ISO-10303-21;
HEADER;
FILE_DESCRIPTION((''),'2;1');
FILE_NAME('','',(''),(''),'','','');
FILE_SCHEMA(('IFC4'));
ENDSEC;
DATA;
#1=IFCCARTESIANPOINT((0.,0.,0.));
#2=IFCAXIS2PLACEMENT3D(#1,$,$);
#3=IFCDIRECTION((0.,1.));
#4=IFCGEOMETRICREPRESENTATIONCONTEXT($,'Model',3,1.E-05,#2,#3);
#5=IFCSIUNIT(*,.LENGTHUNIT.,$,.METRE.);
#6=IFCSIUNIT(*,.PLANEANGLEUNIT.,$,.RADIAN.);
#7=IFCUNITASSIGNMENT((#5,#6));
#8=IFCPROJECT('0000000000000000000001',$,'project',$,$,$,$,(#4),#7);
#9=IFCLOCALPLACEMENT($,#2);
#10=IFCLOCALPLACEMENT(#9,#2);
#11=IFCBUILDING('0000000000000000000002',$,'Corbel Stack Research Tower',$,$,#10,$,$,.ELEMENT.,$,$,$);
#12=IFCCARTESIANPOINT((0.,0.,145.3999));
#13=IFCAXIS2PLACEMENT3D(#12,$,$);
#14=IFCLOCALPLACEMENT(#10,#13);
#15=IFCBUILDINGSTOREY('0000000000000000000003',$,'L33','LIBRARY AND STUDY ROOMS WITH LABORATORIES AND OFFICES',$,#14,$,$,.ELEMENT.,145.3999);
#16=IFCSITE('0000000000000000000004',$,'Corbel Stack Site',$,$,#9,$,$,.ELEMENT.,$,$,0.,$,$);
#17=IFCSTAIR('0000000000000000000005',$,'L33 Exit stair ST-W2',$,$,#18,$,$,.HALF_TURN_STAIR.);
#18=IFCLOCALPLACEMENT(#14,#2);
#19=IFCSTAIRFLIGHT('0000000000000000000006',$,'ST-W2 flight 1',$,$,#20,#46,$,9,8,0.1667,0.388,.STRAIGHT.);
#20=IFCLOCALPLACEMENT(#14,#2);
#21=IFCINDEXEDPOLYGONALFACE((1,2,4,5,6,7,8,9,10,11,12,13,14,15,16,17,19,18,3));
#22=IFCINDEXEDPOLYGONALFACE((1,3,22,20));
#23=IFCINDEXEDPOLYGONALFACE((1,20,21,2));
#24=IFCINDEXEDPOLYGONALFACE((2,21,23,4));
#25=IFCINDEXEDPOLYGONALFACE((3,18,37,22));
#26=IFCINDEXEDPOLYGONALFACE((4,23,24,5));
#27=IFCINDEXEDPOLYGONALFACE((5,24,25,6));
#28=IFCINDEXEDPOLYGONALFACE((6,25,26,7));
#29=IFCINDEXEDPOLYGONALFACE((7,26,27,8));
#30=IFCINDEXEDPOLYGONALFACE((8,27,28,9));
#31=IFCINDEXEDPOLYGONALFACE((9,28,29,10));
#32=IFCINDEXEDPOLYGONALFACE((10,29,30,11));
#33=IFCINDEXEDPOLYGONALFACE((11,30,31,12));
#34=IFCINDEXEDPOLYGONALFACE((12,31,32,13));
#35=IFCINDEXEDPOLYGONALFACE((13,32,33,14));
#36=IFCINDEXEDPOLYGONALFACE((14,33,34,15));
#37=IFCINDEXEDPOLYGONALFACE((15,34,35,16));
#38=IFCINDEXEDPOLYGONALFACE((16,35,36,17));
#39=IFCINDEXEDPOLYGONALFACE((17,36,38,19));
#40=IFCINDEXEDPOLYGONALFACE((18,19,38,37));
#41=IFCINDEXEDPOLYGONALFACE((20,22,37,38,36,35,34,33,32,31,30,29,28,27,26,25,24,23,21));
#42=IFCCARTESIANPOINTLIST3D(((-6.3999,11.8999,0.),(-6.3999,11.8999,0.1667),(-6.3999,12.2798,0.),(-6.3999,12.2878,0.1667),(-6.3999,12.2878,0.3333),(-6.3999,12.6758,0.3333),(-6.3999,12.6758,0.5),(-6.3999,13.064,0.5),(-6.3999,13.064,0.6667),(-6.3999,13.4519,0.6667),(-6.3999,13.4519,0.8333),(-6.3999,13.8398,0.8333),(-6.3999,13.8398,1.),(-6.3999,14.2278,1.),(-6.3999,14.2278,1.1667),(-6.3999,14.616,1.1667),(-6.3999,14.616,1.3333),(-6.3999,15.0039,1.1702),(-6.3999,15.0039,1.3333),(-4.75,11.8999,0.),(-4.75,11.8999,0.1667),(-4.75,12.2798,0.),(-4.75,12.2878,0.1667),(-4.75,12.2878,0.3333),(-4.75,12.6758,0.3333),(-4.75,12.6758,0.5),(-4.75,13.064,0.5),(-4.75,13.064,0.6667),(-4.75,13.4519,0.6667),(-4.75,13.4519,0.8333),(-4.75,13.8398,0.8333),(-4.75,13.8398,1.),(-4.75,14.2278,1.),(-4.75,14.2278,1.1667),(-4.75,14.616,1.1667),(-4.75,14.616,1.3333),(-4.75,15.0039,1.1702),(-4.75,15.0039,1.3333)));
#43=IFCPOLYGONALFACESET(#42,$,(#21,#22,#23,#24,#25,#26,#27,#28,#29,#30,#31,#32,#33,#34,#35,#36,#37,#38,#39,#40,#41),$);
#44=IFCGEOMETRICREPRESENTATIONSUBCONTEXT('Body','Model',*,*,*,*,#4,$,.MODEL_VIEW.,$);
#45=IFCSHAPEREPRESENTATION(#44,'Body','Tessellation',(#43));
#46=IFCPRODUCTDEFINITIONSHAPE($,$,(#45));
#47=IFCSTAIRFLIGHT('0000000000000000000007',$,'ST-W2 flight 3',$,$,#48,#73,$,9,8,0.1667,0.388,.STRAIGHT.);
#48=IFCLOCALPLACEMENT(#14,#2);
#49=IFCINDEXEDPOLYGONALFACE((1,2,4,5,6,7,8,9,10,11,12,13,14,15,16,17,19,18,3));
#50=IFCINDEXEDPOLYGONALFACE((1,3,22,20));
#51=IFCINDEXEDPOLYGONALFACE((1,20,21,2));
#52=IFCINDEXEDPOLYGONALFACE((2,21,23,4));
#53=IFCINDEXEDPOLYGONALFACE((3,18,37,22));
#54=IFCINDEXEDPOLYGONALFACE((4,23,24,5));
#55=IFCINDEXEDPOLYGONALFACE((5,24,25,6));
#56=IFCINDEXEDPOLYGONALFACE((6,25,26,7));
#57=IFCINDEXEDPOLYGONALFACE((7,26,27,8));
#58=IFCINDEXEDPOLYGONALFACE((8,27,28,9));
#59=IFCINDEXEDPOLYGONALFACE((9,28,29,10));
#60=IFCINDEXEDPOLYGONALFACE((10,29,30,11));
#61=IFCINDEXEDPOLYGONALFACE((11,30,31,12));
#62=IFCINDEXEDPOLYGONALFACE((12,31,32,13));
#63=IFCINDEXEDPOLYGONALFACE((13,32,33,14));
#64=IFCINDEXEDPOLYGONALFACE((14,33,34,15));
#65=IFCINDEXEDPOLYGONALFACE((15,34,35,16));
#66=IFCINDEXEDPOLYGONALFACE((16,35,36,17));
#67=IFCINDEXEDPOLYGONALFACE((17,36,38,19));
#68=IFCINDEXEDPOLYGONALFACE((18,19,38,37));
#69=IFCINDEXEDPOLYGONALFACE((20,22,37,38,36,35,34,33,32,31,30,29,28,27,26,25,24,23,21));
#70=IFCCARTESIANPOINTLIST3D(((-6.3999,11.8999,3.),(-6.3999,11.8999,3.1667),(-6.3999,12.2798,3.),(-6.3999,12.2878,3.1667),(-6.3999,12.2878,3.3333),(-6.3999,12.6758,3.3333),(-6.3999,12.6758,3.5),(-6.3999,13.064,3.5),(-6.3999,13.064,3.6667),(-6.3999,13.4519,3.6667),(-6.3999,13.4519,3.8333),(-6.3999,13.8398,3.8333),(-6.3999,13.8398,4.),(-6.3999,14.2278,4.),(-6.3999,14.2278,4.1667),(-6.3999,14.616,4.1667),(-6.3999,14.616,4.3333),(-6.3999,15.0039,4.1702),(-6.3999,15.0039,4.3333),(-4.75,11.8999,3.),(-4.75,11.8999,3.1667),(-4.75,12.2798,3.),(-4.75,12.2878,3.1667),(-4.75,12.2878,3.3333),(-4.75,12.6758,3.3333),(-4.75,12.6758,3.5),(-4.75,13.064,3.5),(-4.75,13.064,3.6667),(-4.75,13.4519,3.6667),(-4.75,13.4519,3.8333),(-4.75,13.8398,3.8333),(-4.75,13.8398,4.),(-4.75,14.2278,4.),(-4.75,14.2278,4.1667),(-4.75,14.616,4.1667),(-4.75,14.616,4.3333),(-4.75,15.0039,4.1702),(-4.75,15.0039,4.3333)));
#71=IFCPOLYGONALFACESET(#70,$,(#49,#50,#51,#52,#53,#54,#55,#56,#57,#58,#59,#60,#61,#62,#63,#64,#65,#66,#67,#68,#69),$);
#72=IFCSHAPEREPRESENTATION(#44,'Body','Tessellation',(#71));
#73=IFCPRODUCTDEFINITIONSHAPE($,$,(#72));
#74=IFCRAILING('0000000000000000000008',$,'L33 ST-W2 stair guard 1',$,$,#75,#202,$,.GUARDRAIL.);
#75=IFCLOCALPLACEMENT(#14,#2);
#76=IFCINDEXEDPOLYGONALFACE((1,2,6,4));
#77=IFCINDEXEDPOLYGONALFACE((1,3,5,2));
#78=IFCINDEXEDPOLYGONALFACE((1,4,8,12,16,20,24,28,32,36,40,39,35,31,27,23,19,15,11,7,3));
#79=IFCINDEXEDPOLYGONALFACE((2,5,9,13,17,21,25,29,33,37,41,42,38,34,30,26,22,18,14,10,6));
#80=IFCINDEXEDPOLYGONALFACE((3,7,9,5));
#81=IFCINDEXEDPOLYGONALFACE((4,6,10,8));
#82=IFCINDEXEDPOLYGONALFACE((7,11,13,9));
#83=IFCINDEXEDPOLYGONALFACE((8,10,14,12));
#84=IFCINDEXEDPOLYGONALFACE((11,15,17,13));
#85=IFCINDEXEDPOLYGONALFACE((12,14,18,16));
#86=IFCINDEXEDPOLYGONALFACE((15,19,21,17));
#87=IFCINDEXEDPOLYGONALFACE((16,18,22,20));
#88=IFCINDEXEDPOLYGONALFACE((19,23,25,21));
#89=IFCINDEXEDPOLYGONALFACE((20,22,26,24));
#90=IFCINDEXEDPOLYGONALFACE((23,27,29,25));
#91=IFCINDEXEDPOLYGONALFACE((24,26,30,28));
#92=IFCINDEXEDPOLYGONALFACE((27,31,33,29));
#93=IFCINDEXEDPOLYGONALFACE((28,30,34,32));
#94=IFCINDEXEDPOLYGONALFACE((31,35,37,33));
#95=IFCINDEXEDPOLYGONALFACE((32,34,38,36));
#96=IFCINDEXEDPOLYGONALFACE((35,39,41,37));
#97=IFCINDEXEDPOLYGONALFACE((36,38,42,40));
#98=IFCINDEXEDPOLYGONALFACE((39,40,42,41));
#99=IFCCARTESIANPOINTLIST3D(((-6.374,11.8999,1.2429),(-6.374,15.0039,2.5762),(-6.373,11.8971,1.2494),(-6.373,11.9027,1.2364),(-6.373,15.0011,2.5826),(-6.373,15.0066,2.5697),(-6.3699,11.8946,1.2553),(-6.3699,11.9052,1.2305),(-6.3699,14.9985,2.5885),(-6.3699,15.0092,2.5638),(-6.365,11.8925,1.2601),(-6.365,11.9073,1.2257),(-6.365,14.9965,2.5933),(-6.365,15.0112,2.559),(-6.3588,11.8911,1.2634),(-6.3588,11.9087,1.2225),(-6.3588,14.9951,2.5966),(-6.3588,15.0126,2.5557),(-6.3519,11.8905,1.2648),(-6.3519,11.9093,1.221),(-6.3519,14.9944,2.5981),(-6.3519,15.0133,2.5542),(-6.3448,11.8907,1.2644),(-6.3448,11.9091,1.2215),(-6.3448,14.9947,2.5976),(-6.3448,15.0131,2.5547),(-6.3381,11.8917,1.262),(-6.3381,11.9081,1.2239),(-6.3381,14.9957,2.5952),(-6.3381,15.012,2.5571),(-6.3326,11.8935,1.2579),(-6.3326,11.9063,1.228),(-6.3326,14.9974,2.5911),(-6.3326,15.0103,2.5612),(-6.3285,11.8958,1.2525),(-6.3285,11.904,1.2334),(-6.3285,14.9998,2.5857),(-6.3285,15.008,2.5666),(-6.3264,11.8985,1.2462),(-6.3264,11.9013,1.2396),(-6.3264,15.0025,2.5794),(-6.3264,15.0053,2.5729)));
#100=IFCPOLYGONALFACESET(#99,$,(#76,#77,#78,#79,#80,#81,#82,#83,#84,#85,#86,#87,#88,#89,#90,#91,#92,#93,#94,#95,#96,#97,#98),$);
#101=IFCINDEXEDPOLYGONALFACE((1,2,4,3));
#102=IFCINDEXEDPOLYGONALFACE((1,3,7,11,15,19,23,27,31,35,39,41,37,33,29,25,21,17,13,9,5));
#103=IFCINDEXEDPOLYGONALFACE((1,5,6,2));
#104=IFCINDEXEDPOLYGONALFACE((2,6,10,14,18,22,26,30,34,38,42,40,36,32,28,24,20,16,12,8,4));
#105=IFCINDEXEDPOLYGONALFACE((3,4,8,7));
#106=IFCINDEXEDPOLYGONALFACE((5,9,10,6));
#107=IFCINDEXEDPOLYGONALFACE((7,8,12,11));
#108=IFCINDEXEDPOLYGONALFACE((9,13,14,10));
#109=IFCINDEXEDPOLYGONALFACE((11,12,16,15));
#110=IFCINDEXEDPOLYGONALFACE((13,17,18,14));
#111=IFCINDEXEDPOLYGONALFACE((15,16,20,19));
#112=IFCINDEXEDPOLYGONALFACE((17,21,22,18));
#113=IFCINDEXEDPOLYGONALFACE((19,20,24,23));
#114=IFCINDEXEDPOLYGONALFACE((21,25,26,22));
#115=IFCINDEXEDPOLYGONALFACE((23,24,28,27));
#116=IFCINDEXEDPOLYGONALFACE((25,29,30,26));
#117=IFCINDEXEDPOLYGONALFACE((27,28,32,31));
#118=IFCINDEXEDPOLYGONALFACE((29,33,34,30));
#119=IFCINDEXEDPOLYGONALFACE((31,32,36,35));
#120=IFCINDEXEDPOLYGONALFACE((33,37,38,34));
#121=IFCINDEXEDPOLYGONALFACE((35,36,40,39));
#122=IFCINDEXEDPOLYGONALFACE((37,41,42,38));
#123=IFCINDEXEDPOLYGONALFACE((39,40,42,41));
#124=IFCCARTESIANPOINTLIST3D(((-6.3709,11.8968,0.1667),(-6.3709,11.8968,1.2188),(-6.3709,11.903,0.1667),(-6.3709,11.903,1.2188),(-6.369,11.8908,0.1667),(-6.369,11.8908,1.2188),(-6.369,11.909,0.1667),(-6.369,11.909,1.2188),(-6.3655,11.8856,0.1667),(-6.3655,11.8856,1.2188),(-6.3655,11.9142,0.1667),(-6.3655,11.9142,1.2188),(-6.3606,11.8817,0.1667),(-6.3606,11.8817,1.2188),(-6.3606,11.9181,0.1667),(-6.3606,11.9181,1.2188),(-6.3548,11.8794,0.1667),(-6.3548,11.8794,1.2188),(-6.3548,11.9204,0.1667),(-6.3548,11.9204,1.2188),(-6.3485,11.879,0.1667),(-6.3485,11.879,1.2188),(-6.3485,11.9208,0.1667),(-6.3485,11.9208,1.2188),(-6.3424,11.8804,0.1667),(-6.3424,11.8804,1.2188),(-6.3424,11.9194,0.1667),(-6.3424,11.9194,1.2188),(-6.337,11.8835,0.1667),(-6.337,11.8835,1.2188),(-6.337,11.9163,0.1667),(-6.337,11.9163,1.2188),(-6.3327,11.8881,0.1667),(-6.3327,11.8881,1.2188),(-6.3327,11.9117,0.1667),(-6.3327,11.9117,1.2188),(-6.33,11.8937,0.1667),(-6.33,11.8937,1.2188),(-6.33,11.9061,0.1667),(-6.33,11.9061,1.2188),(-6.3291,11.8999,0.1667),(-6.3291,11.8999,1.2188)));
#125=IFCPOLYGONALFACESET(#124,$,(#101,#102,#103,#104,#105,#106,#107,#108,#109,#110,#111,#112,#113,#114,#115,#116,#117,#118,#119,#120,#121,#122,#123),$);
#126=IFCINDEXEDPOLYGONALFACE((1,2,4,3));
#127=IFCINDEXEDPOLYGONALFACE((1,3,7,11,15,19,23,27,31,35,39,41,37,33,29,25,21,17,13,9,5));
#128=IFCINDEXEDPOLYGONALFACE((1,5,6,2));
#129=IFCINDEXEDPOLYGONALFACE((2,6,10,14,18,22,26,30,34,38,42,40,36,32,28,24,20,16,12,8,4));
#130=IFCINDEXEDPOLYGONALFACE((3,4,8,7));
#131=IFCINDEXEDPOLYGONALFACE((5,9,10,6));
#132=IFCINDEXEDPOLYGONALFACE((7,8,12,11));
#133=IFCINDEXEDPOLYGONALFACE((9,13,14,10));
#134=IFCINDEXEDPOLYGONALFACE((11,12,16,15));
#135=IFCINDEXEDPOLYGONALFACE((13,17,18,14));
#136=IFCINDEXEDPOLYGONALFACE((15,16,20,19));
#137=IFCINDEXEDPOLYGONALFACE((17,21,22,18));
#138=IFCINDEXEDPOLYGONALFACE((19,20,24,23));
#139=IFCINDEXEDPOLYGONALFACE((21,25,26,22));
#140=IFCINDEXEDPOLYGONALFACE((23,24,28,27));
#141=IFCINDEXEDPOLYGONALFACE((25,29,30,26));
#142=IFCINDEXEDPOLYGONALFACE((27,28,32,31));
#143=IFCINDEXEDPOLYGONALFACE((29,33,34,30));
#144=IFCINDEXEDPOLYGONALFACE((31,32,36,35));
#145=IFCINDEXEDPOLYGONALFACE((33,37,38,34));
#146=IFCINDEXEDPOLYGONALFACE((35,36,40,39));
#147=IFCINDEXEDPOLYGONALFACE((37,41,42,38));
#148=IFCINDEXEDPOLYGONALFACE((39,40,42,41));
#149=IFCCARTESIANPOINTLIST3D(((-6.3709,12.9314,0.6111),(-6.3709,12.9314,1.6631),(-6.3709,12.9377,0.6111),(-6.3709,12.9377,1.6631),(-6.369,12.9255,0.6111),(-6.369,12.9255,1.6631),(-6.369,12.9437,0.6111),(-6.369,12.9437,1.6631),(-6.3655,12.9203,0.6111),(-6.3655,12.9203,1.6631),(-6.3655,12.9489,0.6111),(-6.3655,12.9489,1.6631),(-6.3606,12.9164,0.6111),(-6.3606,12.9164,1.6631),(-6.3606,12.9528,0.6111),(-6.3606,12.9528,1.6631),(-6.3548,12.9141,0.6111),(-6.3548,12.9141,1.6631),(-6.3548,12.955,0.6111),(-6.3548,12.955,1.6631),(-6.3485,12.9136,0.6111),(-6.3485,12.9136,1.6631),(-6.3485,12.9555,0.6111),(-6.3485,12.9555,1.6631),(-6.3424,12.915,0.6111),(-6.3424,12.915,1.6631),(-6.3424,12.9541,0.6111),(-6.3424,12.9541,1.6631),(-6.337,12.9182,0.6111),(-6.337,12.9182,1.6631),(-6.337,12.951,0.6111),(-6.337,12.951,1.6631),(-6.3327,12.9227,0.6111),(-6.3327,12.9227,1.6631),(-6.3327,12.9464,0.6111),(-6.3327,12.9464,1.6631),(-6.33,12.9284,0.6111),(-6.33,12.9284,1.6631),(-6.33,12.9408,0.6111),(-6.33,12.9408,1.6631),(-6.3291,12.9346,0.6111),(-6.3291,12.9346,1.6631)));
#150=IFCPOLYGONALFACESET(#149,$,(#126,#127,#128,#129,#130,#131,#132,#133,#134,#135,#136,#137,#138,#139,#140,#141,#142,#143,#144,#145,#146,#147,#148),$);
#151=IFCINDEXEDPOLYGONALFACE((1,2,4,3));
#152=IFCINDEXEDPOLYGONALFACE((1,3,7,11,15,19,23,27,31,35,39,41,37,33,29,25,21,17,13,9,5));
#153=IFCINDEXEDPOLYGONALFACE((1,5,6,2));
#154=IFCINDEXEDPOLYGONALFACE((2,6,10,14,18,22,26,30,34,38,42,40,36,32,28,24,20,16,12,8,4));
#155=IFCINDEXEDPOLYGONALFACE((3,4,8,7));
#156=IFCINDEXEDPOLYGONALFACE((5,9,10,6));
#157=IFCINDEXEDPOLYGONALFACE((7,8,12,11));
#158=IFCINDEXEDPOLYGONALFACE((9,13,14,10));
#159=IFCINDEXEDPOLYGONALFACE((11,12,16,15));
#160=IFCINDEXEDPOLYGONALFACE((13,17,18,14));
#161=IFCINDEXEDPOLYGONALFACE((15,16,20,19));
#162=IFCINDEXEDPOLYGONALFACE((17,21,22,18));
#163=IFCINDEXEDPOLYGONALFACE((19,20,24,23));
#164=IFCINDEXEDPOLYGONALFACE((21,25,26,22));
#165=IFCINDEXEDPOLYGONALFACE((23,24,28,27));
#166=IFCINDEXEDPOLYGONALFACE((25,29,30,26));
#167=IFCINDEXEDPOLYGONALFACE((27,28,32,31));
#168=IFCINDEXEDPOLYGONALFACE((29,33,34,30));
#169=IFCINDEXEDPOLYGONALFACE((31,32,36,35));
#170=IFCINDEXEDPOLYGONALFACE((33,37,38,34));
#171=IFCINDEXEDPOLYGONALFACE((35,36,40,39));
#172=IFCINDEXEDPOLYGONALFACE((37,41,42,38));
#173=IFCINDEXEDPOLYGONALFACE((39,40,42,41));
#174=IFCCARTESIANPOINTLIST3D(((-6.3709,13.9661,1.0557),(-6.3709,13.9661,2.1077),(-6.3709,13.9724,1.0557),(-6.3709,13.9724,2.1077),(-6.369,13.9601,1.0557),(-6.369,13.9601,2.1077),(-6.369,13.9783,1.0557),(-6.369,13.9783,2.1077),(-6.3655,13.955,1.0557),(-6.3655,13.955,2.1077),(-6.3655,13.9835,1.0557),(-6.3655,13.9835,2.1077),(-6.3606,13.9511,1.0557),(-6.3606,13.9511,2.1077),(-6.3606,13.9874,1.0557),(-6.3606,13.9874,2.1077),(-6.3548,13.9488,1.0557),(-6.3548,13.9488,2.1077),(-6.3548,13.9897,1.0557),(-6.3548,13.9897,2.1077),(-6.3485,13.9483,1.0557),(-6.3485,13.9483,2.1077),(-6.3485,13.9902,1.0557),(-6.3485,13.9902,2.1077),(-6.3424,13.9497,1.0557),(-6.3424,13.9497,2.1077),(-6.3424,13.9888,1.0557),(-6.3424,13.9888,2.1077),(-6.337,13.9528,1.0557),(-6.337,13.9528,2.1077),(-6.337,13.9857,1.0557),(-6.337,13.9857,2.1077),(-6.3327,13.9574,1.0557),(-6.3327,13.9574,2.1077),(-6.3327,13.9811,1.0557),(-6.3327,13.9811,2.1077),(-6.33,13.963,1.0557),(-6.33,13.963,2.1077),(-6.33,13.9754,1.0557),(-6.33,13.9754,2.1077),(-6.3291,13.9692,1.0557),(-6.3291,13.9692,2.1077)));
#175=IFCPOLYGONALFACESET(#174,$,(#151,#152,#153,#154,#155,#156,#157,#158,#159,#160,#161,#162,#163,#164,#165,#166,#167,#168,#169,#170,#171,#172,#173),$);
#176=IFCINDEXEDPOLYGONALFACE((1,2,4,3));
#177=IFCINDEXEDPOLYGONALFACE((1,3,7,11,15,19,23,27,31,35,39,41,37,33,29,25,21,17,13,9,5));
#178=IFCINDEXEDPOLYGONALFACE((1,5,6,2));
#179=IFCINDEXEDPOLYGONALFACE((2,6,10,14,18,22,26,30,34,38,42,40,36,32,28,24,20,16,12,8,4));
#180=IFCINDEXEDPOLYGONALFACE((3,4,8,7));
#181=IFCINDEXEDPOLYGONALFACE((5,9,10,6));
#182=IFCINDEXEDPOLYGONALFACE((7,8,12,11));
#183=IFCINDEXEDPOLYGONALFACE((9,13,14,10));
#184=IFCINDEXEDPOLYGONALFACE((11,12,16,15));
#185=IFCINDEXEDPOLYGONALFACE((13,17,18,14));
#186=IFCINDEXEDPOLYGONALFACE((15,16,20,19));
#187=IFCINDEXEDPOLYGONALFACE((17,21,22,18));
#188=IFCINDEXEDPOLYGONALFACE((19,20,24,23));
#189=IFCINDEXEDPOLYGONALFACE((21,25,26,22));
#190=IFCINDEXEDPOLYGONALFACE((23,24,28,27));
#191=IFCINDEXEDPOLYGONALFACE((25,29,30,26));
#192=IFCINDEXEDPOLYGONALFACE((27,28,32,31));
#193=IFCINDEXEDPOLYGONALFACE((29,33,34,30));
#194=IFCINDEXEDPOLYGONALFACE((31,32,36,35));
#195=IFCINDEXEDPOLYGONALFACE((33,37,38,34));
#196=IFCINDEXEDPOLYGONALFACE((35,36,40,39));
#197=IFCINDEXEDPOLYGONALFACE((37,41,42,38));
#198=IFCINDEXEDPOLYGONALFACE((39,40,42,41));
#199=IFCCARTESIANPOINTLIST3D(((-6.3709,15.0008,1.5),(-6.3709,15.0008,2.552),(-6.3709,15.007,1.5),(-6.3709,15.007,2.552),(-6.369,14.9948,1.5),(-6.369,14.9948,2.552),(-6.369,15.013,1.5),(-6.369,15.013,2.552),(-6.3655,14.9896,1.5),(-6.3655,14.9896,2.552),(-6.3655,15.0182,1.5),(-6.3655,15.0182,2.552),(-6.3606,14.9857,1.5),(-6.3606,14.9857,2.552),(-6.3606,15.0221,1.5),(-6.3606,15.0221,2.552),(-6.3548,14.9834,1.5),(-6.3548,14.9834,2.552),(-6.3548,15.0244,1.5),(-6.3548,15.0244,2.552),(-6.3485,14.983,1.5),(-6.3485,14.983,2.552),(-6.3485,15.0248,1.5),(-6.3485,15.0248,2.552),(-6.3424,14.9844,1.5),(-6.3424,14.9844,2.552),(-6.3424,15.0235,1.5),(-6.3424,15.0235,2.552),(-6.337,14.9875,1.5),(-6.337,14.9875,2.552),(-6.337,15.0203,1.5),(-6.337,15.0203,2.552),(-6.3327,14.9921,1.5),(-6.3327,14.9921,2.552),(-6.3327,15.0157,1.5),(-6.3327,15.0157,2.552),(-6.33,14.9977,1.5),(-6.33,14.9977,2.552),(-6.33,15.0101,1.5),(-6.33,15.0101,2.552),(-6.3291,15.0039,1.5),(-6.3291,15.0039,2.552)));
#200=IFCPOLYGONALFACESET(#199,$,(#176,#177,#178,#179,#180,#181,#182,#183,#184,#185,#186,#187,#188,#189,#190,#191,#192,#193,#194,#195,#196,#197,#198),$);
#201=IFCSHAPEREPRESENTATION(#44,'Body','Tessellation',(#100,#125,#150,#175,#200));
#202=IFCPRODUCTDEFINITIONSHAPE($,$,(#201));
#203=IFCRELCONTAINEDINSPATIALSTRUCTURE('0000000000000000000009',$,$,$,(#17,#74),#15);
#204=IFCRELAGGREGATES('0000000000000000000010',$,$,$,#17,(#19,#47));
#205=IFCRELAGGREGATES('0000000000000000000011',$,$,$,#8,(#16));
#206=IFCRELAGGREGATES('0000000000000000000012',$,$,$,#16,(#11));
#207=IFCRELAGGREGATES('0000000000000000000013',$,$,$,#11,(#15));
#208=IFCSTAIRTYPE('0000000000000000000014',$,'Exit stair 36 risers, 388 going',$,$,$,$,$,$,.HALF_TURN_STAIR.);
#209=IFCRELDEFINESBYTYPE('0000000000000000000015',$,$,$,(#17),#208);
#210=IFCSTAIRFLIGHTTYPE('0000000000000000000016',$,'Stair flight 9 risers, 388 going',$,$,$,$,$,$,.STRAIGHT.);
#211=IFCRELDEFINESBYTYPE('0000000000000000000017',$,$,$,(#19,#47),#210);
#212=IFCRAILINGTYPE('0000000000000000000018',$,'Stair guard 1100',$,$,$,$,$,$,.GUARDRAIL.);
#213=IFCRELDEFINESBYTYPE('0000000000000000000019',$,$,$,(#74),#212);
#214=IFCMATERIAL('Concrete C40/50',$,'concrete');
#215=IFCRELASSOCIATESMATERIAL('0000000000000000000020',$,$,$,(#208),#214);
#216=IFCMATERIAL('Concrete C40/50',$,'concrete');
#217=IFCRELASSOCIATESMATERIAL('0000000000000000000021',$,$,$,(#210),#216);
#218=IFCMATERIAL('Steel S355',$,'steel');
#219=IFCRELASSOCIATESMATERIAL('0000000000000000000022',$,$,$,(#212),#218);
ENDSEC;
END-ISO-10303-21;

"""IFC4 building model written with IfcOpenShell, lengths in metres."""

from ifc_helpers import new_model, si_unit, direction, frame, origin, origin_2d, place, context, subcontext, project, spatial, polyline, circle, outline, extrude, material, type_object, element, aggregate, save


model = new_model("IFC4")

# Units and contexts
model_context = context("Model", 3, precision=1e-05, world=origin(), true_north=direction((0.0, 1.0)))
body_context = subcontext(model_context, "Body", "Model", "MODEL_VIEW")
ifc_project = project(units=[si_unit("LENGTHUNIT", "METRE"), si_unit("PLANEANGLEUNIT", "RADIAN")], contexts=[model_context])

# Site, building, storey
site_placement = place(None, origin())
site = spatial("IfcSite", under=ifc_project, at=site_placement, Name="Corbel Stack Site", CompositionType="ELEMENT", RefElevation=0.0)
building_placement = place(site_placement, origin())
building = spatial("IfcBuilding", under=site, at=building_placement, Name="Corbel Stack Research Tower", CompositionType="ELEMENT")
storey_placement = place(building_placement, frame((0.0, 0.0, 145.3999)))
storey = spatial("IfcBuildingStorey", under=building, at=storey_placement, Name="L33", Description="LIBRARY AND STUDY ROOMS WITH LABORATORIES AND OFFICES", CompositionType="ELEMENT", Elevation=145.3999)

# Stair, stair flights
ifc_material_1 = material(Name="Concrete C40/50", Category="concrete")
stair_type = type_object("IfcStairType", Name="Exit stair 36 risers, 388 going", PredefinedType="HALF_TURN_STAIR", material=ifc_material_1)
stair_placement = place(storey_placement, origin())
stair = element("IfcStair", 1, at=stair_placement, inside=storey, type_object=stair_type, Name="L33 Exit stair ST-W2", PredefinedType="HALF_TURN_STAIR")
ifc_material_2 = material(Name="Concrete C40/50", Category="concrete")
stair_flight_type = type_object("IfcStairFlightType", Name="Stair flight 9 risers, 388 going", PredefinedType="STRAIGHT", material=ifc_material_2)
stair_flight_1_placement = place(storey_placement, frame((-5.575, 11.8999, 0.0), z_axis=(0.0, 0.0, 1.0), x_axis=(0.0, 1.0, 0.0)))
stair_flight_1 = element("IfcStairFlight", 2, at=stair_flight_1_placement, type_object=stair_flight_type, Name="ST-W2 flight 1", NumberOfRisers=9, NumberOfTreads=8, PredefinedType="STRAIGHT", RiserHeight=0.1667, TreadLength=0.388, context=body_context, shape_type="SweptSolid", body=[
    extrude(outline(polyline([(0.0, 0.0), (0.0, 0.1667), (0.3879, 0.1667), (0.3879, 0.3333), (0.7759, 0.3333), (0.7759, 0.5), (1.1641, 0.5), (1.1641, 0.6667), (1.552, 0.6667), (1.552, 0.8333), (1.9399, 0.8333), (1.9399, 1.0), (2.3279, 1.0), (2.3279, 1.1667), (2.7161, 1.1667), (2.7161, 1.3333), (3.104, 1.3333), (3.104, 1.5), (3.104, 1.1702), (0.3799, 0.0), (0.0, 0.0)])), frame((0.0, 0.825, 0.0), z_axis=(0.0, -1.0, 0.0), x_axis=(1.0, 0.0, 0.0)), (0.0, 0.0, 1.0), 1.6499),
])
stair_flight_2_placement = place(storey_placement, frame((-5.575, 11.8999, 3.0), z_axis=(0.0, 0.0, 1.0), x_axis=(0.0, 1.0, 0.0)))
stair_flight_2 = element("IfcStairFlight", 3, at=stair_flight_2_placement, type_object=stair_flight_type, Name="ST-W2 flight 3", NumberOfRisers=9, NumberOfTreads=8, PredefinedType="STRAIGHT", RiserHeight=0.1667, TreadLength=0.388, context=body_context, shape_type="SweptSolid", body=[
    extrude(outline(polyline([(0.0, 0.0), (0.0, 0.1667), (0.3879, 0.1667), (0.3879, 0.3333), (0.7759, 0.3333), (0.7759, 0.5), (1.1641, 0.5), (1.1641, 0.6667), (1.552, 0.6667), (1.552, 0.8333), (1.9399, 0.8333), (1.9399, 1.0), (2.3279, 1.0), (2.3279, 1.1667), (2.7161, 1.1667), (2.7161, 1.3333), (3.104, 1.3333), (3.104, 1.5), (3.104, 1.1702), (0.3799, 0.0), (0.0, 0.0)])), frame((0.0, 0.825, 0.0), z_axis=(0.0, -1.0, 0.0), x_axis=(1.0, 0.0, 0.0)), (0.0, 0.0, 1.0), 1.6499),
])
aggregate(stair, [stair_flight_1, stair_flight_2])

# Railing
ifc_material_3 = material(Name="Steel S355", Category="steel")
railing_type_1 = type_object("IfcRailingType", Name="Stair guard 1100", PredefinedType="GUARDRAIL", material=ifc_material_3)
railing_1_placement = place(storey_placement, frame((-6.3501, 11.8999, 0.1667)))
element("IfcRailing", 4, at=railing_1_placement, inside=storey, type_object=railing_type_1, Name="L33 ST-W2 stair guard 1", PredefinedType="GUARDRAIL", context=body_context, shape_type="SweptSolid", body=[
    extrude(circle(Radius=0.0239, at=origin_2d()), frame((0.0, 0.0, 1.0762), z_axis=(0.0, 0.918827, 0.394661), x_axis=(-1.0, 0.0, 0.0)), (0.0, 0.0, 1.0), 3.3782),
    extrude(circle(Radius=0.021, at=origin_2d()), origin(), (0.0, 0.0, 1.0), 1.052),
    extrude(circle(Radius=0.021, at=origin_2d()), frame((0.0, 1.0347, 0.4443)), (0.0, 0.0, 1.0), 1.052),
    extrude(circle(Radius=0.021, at=origin_2d()), frame((0.0, 2.0693, 0.8889)), (0.0, 0.0, 1.0), 1.052),
    extrude(circle(Radius=0.021, at=origin_2d()), frame((0.0, 3.104, 1.3333)), (0.0, 0.0, 1.0), 1.052),
])

save(model, "model.ifc")
